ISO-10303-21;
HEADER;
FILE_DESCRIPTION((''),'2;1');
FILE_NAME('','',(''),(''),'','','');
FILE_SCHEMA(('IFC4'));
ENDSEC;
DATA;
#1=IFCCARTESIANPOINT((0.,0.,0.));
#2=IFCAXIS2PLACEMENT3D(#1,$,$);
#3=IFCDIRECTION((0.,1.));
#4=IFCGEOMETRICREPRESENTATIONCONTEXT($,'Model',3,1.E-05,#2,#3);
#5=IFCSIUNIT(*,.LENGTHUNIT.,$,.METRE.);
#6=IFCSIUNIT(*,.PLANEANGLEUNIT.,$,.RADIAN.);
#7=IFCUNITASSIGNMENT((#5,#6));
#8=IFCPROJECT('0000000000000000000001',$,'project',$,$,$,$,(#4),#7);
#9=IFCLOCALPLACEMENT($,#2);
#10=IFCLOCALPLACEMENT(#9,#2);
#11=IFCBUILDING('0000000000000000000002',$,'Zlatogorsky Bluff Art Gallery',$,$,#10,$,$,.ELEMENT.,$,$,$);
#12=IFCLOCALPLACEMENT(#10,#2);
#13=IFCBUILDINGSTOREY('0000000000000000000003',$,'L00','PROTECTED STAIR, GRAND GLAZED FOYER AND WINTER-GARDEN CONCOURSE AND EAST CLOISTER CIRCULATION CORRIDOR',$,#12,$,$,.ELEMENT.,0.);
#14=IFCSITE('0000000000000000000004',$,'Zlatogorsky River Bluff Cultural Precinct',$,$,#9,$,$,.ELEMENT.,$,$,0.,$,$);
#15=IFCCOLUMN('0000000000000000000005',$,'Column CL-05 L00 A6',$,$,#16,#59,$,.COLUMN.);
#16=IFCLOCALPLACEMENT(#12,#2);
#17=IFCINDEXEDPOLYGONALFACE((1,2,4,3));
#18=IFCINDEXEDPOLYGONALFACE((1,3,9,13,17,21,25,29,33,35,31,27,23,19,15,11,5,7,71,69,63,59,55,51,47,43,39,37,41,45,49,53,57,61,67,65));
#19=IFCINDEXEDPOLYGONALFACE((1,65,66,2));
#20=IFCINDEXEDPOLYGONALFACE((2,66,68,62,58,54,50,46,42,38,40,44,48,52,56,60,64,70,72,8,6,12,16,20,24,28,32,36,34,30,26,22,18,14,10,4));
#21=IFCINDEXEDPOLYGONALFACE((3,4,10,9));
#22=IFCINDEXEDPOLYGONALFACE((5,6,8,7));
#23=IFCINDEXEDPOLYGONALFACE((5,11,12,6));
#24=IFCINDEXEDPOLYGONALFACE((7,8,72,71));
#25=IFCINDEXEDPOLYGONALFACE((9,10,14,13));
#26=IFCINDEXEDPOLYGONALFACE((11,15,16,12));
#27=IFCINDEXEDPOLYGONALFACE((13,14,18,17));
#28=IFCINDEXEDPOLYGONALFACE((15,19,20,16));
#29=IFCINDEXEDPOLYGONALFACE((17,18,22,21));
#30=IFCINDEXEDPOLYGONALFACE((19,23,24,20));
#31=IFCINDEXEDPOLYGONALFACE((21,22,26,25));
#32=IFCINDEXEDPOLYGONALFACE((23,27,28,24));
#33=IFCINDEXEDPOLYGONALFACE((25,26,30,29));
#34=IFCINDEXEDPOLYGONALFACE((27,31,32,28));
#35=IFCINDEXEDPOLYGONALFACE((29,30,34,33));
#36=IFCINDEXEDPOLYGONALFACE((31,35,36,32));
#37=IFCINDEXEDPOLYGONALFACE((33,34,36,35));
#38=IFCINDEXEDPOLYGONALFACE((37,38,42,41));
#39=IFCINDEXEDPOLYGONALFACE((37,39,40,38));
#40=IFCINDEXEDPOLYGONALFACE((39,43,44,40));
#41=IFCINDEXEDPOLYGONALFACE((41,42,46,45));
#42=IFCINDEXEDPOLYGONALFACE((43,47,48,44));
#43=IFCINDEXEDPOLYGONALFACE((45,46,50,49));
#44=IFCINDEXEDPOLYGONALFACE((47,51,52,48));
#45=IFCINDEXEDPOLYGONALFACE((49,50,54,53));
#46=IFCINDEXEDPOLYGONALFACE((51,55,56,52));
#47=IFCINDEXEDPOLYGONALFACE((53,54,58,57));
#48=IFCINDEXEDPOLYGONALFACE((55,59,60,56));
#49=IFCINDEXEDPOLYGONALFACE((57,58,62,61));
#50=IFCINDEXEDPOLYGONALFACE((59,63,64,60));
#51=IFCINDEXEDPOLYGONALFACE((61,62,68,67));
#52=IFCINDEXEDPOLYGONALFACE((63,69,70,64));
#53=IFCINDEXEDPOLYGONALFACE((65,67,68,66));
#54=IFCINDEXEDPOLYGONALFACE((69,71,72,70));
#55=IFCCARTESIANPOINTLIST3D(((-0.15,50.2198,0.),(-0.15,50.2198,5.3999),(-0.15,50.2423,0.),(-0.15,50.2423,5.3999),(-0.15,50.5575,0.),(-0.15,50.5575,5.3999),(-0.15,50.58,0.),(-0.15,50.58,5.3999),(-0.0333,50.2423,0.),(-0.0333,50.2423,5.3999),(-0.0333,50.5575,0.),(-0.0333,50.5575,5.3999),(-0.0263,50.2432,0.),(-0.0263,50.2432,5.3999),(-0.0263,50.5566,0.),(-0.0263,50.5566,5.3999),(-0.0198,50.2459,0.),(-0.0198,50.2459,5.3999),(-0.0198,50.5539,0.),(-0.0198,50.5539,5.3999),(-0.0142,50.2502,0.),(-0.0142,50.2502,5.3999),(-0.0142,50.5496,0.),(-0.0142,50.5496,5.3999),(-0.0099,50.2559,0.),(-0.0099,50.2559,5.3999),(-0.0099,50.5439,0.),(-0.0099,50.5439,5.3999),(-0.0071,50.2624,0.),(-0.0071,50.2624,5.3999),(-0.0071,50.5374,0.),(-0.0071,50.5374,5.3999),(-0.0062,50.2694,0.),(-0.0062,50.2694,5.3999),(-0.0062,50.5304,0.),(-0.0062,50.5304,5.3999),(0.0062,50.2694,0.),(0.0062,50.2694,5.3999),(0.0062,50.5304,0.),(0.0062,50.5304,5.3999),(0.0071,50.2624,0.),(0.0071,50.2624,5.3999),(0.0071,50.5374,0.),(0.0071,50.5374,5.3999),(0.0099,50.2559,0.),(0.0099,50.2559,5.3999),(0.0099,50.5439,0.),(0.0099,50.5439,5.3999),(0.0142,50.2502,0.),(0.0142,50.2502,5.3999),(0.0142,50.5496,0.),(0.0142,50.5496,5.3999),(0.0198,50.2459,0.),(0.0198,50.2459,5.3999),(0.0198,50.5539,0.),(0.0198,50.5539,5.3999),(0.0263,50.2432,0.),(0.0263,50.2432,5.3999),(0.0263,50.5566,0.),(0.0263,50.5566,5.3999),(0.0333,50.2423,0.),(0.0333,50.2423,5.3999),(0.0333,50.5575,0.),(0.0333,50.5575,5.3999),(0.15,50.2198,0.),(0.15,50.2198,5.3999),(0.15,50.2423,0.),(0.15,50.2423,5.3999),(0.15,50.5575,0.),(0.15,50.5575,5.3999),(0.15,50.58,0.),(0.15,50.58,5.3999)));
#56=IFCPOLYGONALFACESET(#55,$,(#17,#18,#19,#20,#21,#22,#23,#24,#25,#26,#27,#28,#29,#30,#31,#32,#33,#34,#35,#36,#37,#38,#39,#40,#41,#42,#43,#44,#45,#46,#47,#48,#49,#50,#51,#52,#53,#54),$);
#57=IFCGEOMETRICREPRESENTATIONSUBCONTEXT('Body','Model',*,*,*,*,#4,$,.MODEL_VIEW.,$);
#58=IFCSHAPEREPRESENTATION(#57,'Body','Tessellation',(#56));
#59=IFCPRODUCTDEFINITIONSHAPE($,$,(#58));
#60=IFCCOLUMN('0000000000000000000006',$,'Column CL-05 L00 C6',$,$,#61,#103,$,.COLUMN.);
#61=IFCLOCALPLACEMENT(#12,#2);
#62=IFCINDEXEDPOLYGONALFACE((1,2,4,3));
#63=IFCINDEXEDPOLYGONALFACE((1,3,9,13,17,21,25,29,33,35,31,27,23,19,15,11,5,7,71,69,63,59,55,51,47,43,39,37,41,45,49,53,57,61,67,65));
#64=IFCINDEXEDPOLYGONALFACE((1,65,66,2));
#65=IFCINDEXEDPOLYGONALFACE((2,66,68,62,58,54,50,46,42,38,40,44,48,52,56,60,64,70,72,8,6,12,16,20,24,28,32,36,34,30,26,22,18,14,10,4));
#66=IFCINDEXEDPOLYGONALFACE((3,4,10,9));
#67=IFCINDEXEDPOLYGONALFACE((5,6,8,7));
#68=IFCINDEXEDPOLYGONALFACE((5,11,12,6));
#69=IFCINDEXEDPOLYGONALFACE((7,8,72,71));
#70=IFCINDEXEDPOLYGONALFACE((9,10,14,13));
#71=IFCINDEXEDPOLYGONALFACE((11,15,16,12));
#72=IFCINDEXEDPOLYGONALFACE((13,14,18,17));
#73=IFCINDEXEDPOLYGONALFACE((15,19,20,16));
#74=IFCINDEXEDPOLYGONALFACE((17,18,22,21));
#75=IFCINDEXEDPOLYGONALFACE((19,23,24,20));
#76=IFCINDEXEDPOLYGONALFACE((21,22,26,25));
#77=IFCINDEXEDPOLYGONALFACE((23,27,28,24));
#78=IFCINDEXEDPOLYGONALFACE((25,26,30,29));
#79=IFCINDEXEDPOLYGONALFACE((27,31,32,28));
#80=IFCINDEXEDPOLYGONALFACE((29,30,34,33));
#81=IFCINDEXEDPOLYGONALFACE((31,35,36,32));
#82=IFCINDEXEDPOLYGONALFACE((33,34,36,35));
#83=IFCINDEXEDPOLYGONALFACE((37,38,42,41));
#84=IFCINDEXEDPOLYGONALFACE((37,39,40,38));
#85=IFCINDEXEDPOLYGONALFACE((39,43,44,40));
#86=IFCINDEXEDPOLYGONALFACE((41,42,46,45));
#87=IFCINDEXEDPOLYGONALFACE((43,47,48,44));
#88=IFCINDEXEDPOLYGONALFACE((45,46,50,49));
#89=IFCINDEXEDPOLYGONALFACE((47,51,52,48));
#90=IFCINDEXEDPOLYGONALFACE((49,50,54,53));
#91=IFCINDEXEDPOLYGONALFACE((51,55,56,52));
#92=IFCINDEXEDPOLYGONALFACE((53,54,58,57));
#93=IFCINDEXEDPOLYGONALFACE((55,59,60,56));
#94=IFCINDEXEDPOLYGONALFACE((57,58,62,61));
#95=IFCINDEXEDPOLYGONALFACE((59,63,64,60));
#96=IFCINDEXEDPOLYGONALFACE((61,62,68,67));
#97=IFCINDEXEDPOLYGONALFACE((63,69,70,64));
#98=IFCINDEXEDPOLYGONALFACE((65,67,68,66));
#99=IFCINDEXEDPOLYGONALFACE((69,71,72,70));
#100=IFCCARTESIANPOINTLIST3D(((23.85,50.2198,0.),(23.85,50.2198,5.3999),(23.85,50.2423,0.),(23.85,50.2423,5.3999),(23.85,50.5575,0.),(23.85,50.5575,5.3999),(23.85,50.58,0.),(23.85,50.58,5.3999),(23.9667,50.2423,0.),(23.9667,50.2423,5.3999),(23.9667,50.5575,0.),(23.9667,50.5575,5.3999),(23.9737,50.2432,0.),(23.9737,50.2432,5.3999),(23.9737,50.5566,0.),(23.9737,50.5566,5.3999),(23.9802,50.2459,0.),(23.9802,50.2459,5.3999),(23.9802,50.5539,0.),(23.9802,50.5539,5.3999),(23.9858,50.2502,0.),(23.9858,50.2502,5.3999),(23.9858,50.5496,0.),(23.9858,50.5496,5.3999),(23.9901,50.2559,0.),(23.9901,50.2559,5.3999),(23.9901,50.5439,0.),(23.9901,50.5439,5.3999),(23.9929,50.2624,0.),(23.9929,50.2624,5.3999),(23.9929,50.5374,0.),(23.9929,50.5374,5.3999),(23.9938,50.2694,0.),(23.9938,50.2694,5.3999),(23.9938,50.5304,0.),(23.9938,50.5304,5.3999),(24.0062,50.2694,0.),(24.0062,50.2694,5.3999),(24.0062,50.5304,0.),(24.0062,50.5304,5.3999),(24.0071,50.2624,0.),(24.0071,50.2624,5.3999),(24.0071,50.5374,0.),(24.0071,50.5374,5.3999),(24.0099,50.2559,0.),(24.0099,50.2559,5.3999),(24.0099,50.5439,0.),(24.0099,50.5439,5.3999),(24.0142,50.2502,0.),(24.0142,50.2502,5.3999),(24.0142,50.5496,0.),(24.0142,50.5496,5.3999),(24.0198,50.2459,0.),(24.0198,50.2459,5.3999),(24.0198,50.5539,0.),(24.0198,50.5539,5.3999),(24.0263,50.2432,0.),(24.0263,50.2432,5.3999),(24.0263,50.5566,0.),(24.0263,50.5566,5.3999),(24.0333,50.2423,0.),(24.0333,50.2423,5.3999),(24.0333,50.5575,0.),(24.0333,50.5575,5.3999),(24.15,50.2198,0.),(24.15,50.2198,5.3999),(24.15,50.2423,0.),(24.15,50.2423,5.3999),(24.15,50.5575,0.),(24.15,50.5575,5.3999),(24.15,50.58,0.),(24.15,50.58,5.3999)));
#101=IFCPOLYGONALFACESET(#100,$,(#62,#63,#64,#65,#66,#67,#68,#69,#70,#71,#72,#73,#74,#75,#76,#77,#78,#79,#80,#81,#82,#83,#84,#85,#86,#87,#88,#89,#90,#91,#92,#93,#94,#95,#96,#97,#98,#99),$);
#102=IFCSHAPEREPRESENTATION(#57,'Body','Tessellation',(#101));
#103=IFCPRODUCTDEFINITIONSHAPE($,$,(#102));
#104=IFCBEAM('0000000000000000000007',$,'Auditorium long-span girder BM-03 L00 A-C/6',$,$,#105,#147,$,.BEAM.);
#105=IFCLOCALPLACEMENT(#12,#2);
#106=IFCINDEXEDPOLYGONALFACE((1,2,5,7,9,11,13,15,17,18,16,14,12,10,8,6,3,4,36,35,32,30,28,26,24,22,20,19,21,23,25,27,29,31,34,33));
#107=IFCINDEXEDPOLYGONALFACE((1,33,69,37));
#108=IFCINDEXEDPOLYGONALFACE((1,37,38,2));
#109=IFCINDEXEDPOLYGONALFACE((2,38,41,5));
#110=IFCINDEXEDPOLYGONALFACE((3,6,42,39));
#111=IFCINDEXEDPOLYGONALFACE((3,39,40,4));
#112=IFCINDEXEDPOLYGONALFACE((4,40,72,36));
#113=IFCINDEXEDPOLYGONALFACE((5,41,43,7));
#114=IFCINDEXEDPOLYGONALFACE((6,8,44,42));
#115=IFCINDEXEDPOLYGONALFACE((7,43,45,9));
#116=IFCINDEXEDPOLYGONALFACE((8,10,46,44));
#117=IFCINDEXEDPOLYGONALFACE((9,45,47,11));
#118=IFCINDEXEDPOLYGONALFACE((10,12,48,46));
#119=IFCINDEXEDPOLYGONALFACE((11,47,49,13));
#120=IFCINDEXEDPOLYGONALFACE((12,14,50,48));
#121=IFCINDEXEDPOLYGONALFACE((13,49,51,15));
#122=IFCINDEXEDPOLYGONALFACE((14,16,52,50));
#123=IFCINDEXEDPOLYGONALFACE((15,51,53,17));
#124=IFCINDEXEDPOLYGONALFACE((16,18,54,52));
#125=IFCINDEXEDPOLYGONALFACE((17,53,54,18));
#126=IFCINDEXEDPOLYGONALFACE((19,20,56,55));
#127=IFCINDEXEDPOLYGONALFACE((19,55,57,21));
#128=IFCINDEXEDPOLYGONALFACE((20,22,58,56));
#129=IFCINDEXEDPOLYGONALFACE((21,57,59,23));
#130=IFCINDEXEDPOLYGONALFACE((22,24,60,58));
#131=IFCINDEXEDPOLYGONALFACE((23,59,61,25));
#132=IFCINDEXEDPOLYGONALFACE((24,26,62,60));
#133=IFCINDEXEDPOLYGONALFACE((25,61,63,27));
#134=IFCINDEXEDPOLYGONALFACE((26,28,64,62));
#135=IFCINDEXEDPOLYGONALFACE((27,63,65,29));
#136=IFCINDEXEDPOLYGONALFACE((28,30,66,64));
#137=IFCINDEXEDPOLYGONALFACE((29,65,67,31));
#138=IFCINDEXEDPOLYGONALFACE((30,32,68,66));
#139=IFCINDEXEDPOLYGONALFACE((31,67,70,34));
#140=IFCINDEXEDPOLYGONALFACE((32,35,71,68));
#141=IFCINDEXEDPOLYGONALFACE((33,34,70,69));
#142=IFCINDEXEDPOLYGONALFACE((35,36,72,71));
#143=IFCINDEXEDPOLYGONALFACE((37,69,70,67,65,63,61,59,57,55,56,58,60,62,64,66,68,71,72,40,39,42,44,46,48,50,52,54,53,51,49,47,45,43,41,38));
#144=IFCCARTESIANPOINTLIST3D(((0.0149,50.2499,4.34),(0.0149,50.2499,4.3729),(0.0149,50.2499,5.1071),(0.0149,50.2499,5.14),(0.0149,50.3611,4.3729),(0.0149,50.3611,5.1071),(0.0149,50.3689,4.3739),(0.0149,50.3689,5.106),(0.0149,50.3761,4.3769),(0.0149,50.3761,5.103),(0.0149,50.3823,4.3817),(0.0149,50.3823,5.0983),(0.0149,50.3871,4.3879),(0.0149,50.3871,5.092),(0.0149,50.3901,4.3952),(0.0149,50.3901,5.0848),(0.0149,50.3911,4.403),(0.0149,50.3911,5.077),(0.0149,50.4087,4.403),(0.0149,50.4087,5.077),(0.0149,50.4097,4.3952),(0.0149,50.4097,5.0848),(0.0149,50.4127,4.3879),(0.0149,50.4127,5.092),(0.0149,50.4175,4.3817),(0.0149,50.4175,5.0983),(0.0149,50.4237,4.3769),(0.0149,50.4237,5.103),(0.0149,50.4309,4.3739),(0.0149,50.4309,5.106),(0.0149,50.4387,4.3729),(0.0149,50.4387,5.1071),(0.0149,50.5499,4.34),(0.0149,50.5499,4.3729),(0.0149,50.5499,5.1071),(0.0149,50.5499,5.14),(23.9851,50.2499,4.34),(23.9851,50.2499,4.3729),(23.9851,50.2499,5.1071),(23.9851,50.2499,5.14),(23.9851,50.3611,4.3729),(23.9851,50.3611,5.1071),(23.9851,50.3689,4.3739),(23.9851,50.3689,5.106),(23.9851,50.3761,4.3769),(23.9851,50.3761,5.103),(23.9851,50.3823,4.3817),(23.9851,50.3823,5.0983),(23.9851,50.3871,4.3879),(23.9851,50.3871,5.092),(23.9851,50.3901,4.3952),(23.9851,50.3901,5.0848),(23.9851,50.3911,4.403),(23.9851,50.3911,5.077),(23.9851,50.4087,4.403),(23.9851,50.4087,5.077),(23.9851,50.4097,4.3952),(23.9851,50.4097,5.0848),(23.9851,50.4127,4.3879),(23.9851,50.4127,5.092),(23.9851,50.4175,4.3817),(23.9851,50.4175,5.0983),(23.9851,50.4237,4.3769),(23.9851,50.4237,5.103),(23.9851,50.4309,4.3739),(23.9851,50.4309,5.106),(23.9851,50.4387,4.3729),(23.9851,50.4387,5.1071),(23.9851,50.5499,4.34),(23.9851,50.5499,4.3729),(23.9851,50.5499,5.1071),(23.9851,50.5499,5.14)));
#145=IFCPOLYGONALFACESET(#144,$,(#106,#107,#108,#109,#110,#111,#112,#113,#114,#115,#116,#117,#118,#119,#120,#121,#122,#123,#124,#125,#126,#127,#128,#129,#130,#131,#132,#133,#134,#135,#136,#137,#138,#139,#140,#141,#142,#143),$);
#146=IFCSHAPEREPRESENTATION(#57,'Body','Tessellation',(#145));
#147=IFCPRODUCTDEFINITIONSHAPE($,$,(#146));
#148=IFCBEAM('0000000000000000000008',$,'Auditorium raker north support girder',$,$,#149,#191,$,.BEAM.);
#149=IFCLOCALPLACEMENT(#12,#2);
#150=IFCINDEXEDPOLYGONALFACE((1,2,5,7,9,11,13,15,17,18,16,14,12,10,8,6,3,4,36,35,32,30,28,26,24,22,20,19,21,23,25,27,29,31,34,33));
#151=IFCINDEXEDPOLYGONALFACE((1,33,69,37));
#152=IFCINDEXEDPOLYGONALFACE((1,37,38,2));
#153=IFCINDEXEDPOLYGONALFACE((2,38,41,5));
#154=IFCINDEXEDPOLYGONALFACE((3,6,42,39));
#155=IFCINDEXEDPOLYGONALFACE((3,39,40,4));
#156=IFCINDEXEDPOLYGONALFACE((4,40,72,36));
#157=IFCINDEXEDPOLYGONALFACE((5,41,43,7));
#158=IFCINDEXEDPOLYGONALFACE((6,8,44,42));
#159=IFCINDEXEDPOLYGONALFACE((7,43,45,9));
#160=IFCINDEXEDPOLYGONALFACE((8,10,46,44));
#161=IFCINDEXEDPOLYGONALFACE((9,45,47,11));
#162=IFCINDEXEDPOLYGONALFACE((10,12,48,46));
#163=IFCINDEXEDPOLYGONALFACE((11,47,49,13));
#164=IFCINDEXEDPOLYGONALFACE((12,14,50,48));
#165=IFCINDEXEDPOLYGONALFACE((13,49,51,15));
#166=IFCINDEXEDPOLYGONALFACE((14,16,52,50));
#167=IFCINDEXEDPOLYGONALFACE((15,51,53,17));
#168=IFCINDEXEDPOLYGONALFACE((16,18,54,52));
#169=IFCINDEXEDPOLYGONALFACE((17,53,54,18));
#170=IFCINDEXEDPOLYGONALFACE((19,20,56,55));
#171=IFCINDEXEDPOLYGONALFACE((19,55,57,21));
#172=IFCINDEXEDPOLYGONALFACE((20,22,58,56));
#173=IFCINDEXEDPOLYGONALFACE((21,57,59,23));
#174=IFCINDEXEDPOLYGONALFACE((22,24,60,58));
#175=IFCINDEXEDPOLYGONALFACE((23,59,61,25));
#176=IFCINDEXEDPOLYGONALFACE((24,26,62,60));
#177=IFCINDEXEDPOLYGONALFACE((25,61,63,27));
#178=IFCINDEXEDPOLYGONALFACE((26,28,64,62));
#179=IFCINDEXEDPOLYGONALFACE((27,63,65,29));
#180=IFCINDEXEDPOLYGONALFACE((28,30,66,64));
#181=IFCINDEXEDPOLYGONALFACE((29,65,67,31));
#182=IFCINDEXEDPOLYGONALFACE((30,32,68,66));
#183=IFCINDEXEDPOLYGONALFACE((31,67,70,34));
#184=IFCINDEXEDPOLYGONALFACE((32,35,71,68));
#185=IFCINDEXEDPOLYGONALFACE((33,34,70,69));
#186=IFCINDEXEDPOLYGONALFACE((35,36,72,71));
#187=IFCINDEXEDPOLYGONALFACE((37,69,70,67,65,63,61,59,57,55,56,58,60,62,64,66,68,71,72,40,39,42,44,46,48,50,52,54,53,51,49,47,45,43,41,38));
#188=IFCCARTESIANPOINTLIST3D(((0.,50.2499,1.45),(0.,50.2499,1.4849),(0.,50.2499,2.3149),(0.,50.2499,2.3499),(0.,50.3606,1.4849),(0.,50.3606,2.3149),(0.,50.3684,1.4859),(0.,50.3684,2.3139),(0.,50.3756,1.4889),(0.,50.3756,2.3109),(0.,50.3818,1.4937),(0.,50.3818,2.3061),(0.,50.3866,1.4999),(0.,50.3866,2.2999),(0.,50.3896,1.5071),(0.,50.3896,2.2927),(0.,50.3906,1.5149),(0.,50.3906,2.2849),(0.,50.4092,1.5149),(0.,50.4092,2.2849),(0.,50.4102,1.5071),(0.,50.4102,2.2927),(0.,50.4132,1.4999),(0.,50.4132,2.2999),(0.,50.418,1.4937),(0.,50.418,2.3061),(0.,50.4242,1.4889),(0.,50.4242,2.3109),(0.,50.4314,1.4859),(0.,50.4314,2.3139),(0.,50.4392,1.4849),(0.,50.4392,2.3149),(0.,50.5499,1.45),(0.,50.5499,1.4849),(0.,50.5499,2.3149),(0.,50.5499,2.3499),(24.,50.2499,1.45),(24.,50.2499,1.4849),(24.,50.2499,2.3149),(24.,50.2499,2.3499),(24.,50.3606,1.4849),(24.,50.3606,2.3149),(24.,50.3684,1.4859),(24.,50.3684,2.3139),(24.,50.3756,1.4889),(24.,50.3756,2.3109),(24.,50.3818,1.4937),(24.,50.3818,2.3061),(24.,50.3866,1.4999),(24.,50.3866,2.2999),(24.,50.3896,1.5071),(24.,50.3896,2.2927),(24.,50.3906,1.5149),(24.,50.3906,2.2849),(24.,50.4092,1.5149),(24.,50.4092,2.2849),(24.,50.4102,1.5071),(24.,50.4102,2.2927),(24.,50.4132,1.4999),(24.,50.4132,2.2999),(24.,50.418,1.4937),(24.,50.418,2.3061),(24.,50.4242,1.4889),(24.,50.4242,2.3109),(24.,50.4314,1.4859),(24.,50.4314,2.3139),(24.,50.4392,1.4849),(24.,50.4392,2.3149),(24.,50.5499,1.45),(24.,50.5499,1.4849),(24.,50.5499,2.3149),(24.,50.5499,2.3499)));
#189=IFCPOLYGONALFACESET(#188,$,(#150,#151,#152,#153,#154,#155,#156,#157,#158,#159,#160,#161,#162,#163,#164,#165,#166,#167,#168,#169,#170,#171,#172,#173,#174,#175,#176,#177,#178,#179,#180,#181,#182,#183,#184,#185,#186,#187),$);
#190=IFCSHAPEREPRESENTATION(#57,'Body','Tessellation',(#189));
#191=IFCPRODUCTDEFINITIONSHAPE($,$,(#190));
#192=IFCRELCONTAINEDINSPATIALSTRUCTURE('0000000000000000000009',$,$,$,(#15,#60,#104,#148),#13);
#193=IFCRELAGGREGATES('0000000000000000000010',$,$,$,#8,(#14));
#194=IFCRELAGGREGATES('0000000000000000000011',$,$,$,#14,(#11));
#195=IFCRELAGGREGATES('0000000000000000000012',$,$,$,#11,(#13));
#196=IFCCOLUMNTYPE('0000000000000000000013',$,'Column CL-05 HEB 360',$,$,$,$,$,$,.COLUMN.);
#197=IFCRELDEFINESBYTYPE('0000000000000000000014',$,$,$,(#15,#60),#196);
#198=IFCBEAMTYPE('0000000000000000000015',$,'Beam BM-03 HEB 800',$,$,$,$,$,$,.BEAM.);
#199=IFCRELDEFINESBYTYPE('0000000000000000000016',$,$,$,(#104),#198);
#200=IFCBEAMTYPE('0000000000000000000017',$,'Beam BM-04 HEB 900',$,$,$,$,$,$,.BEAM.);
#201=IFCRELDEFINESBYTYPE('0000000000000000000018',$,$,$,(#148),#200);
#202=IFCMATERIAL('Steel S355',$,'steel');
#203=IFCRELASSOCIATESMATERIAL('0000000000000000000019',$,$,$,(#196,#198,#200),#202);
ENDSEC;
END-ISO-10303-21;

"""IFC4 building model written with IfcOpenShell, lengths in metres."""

from ifc_helpers import new_model, si_unit, direction, frame, origin, origin_2d, place, context, subcontext, project, spatial, i_section, extrude, material, material_profile, profile_set, type_object, element, save


model = new_model("IFC4")

# Units and contexts
model_context = context("Model", 3, precision=1e-05, world=origin(), true_north=direction((0.0, 1.0)))
body_context = subcontext(model_context, "Body", "Model", "MODEL_VIEW")
ifc_project = project(units=[si_unit("LENGTHUNIT", "METRE"), si_unit("PLANEANGLEUNIT", "RADIAN")], contexts=[model_context])

# Site, building, storey
site_placement = place(None, origin())
site = spatial("IfcSite", under=ifc_project, at=site_placement, Name="Zlatogorsky River Bluff Cultural Precinct", CompositionType="ELEMENT", RefElevation=0.0)
building_placement = place(site_placement, origin())
building = spatial("IfcBuilding", under=site, at=building_placement, Name="Zlatogorsky Bluff Art Gallery", CompositionType="ELEMENT")
storey_placement = place(building_placement, origin())
storey = spatial("IfcBuildingStorey", under=building, at=storey_placement, Name="L00", Description="PROTECTED STAIR, GRAND GLAZED FOYER AND WINTER-GARDEN CONCOURSE AND EAST CLOISTER CIRCULATION CORRIDOR", CompositionType="ELEMENT", Elevation=0.0)

# Columns
ifc_material_1 = material(Name="Steel S355", Category="steel")
ifc_material_profile_1 = material_profile(ifc_material_1, i_section(OverallWidth=0.3, OverallDepth=0.3601, WebThickness=0.0125, FlangeThickness=0.0225, FilletRadius=0.0271, at=origin_2d()), Name="HEB 360")
ifc_profile_set_1 = profile_set([ifc_material_profile_1], Name="Steel S355")
column_type = type_object("IfcColumnType", Name="Column CL-05 HEB 360", PredefinedType="COLUMN", material=ifc_profile_set_1)
for number, where, z_axis, x_axis, name in (
    (1, (0.0, 50.3999, 0.0), (0.0, 0.0, 1.0), (1.0, 0.0, 0.0), "Column CL-05 L00 A6"),
    (2, (24.0, 50.3999, 0.0), (0.0, 0.0, 1.0), (1.0, 0.0, 0.0), "Column CL-05 L00 C6"),
):
    element("IfcColumn", number, at=place(storey_placement, frame(where, z_axis=z_axis, x_axis=x_axis)), inside=storey, type_object=column_type, Name=name, PredefinedType="COLUMN", context=body_context, shape_type="SweptSolid", body=[
        extrude(i_section(OverallWidth=0.3, OverallDepth=0.3601, WebThickness=0.0125, FlangeThickness=0.0225, FilletRadius=0.0271, at=origin_2d()), origin(), (0.0, 0.0, 1.0), 5.3999),
    ])

# Beams
ifc_material_profile_2 = material_profile(ifc_material_1, i_section(OverallWidth=0.3, OverallDepth=0.8, WebThickness=0.0176, FlangeThickness=0.033, FilletRadius=0.03, at=origin_2d()), Name="HEB 800")
ifc_profile_set_2 = profile_set([ifc_material_profile_2], Name="Steel S355")
beam_type_1 = type_object("IfcBeamType", Name="Beam BM-03 HEB 800", PredefinedType="BEAM", material=ifc_profile_set_2)
beam_1_placement = place(storey_placement, frame((0.0149, 50.3999, 4.74), z_axis=(1.0, 0.0, 0.0), x_axis=(0.0, 1.0, 0.0)))
element("IfcBeam", 3, at=beam_1_placement, inside=storey, type_object=beam_type_1, Name="Auditorium long-span girder BM-03 L00 A-C/6", PredefinedType="BEAM", context=body_context, shape_type="SweptSolid", body=[
    extrude(i_section(OverallWidth=0.3, OverallDepth=0.8, WebThickness=0.0176, FlangeThickness=0.033, FilletRadius=0.03, at=origin_2d()), origin(), (0.0, 0.0, 1.0), 23.9702),
])
ifc_material_profile_3 = material_profile(ifc_material_1, i_section(OverallWidth=0.3, OverallDepth=0.8999, WebThickness=0.0186, FlangeThickness=0.0349, FilletRadius=0.03, at=origin_2d()), Name="HEB 900")
ifc_profile_set_3 = profile_set([ifc_material_profile_3], Name="Steel S355")
beam_type_2 = type_object("IfcBeamType", Name="Beam BM-04 HEB 900", PredefinedType="BEAM", material=ifc_profile_set_3)
beam_2_placement = place(storey_placement, frame((0.0, 50.3999, 1.8999), z_axis=(1.0, 0.0, 0.0), x_axis=(0.0, 1.0, 0.0)))
element("IfcBeam", 4, at=beam_2_placement, inside=storey, type_object=beam_type_2, Name="Auditorium raker north support girder", PredefinedType="BEAM", context=body_context, shape_type="SweptSolid", body=[
    extrude(i_section(OverallWidth=0.3, OverallDepth=0.8999, WebThickness=0.0186, FlangeThickness=0.0349, FilletRadius=0.03, at=origin_2d()), origin(), (0.0, 0.0, 1.0), 24.0),
])

save(model, "model.ifc")
